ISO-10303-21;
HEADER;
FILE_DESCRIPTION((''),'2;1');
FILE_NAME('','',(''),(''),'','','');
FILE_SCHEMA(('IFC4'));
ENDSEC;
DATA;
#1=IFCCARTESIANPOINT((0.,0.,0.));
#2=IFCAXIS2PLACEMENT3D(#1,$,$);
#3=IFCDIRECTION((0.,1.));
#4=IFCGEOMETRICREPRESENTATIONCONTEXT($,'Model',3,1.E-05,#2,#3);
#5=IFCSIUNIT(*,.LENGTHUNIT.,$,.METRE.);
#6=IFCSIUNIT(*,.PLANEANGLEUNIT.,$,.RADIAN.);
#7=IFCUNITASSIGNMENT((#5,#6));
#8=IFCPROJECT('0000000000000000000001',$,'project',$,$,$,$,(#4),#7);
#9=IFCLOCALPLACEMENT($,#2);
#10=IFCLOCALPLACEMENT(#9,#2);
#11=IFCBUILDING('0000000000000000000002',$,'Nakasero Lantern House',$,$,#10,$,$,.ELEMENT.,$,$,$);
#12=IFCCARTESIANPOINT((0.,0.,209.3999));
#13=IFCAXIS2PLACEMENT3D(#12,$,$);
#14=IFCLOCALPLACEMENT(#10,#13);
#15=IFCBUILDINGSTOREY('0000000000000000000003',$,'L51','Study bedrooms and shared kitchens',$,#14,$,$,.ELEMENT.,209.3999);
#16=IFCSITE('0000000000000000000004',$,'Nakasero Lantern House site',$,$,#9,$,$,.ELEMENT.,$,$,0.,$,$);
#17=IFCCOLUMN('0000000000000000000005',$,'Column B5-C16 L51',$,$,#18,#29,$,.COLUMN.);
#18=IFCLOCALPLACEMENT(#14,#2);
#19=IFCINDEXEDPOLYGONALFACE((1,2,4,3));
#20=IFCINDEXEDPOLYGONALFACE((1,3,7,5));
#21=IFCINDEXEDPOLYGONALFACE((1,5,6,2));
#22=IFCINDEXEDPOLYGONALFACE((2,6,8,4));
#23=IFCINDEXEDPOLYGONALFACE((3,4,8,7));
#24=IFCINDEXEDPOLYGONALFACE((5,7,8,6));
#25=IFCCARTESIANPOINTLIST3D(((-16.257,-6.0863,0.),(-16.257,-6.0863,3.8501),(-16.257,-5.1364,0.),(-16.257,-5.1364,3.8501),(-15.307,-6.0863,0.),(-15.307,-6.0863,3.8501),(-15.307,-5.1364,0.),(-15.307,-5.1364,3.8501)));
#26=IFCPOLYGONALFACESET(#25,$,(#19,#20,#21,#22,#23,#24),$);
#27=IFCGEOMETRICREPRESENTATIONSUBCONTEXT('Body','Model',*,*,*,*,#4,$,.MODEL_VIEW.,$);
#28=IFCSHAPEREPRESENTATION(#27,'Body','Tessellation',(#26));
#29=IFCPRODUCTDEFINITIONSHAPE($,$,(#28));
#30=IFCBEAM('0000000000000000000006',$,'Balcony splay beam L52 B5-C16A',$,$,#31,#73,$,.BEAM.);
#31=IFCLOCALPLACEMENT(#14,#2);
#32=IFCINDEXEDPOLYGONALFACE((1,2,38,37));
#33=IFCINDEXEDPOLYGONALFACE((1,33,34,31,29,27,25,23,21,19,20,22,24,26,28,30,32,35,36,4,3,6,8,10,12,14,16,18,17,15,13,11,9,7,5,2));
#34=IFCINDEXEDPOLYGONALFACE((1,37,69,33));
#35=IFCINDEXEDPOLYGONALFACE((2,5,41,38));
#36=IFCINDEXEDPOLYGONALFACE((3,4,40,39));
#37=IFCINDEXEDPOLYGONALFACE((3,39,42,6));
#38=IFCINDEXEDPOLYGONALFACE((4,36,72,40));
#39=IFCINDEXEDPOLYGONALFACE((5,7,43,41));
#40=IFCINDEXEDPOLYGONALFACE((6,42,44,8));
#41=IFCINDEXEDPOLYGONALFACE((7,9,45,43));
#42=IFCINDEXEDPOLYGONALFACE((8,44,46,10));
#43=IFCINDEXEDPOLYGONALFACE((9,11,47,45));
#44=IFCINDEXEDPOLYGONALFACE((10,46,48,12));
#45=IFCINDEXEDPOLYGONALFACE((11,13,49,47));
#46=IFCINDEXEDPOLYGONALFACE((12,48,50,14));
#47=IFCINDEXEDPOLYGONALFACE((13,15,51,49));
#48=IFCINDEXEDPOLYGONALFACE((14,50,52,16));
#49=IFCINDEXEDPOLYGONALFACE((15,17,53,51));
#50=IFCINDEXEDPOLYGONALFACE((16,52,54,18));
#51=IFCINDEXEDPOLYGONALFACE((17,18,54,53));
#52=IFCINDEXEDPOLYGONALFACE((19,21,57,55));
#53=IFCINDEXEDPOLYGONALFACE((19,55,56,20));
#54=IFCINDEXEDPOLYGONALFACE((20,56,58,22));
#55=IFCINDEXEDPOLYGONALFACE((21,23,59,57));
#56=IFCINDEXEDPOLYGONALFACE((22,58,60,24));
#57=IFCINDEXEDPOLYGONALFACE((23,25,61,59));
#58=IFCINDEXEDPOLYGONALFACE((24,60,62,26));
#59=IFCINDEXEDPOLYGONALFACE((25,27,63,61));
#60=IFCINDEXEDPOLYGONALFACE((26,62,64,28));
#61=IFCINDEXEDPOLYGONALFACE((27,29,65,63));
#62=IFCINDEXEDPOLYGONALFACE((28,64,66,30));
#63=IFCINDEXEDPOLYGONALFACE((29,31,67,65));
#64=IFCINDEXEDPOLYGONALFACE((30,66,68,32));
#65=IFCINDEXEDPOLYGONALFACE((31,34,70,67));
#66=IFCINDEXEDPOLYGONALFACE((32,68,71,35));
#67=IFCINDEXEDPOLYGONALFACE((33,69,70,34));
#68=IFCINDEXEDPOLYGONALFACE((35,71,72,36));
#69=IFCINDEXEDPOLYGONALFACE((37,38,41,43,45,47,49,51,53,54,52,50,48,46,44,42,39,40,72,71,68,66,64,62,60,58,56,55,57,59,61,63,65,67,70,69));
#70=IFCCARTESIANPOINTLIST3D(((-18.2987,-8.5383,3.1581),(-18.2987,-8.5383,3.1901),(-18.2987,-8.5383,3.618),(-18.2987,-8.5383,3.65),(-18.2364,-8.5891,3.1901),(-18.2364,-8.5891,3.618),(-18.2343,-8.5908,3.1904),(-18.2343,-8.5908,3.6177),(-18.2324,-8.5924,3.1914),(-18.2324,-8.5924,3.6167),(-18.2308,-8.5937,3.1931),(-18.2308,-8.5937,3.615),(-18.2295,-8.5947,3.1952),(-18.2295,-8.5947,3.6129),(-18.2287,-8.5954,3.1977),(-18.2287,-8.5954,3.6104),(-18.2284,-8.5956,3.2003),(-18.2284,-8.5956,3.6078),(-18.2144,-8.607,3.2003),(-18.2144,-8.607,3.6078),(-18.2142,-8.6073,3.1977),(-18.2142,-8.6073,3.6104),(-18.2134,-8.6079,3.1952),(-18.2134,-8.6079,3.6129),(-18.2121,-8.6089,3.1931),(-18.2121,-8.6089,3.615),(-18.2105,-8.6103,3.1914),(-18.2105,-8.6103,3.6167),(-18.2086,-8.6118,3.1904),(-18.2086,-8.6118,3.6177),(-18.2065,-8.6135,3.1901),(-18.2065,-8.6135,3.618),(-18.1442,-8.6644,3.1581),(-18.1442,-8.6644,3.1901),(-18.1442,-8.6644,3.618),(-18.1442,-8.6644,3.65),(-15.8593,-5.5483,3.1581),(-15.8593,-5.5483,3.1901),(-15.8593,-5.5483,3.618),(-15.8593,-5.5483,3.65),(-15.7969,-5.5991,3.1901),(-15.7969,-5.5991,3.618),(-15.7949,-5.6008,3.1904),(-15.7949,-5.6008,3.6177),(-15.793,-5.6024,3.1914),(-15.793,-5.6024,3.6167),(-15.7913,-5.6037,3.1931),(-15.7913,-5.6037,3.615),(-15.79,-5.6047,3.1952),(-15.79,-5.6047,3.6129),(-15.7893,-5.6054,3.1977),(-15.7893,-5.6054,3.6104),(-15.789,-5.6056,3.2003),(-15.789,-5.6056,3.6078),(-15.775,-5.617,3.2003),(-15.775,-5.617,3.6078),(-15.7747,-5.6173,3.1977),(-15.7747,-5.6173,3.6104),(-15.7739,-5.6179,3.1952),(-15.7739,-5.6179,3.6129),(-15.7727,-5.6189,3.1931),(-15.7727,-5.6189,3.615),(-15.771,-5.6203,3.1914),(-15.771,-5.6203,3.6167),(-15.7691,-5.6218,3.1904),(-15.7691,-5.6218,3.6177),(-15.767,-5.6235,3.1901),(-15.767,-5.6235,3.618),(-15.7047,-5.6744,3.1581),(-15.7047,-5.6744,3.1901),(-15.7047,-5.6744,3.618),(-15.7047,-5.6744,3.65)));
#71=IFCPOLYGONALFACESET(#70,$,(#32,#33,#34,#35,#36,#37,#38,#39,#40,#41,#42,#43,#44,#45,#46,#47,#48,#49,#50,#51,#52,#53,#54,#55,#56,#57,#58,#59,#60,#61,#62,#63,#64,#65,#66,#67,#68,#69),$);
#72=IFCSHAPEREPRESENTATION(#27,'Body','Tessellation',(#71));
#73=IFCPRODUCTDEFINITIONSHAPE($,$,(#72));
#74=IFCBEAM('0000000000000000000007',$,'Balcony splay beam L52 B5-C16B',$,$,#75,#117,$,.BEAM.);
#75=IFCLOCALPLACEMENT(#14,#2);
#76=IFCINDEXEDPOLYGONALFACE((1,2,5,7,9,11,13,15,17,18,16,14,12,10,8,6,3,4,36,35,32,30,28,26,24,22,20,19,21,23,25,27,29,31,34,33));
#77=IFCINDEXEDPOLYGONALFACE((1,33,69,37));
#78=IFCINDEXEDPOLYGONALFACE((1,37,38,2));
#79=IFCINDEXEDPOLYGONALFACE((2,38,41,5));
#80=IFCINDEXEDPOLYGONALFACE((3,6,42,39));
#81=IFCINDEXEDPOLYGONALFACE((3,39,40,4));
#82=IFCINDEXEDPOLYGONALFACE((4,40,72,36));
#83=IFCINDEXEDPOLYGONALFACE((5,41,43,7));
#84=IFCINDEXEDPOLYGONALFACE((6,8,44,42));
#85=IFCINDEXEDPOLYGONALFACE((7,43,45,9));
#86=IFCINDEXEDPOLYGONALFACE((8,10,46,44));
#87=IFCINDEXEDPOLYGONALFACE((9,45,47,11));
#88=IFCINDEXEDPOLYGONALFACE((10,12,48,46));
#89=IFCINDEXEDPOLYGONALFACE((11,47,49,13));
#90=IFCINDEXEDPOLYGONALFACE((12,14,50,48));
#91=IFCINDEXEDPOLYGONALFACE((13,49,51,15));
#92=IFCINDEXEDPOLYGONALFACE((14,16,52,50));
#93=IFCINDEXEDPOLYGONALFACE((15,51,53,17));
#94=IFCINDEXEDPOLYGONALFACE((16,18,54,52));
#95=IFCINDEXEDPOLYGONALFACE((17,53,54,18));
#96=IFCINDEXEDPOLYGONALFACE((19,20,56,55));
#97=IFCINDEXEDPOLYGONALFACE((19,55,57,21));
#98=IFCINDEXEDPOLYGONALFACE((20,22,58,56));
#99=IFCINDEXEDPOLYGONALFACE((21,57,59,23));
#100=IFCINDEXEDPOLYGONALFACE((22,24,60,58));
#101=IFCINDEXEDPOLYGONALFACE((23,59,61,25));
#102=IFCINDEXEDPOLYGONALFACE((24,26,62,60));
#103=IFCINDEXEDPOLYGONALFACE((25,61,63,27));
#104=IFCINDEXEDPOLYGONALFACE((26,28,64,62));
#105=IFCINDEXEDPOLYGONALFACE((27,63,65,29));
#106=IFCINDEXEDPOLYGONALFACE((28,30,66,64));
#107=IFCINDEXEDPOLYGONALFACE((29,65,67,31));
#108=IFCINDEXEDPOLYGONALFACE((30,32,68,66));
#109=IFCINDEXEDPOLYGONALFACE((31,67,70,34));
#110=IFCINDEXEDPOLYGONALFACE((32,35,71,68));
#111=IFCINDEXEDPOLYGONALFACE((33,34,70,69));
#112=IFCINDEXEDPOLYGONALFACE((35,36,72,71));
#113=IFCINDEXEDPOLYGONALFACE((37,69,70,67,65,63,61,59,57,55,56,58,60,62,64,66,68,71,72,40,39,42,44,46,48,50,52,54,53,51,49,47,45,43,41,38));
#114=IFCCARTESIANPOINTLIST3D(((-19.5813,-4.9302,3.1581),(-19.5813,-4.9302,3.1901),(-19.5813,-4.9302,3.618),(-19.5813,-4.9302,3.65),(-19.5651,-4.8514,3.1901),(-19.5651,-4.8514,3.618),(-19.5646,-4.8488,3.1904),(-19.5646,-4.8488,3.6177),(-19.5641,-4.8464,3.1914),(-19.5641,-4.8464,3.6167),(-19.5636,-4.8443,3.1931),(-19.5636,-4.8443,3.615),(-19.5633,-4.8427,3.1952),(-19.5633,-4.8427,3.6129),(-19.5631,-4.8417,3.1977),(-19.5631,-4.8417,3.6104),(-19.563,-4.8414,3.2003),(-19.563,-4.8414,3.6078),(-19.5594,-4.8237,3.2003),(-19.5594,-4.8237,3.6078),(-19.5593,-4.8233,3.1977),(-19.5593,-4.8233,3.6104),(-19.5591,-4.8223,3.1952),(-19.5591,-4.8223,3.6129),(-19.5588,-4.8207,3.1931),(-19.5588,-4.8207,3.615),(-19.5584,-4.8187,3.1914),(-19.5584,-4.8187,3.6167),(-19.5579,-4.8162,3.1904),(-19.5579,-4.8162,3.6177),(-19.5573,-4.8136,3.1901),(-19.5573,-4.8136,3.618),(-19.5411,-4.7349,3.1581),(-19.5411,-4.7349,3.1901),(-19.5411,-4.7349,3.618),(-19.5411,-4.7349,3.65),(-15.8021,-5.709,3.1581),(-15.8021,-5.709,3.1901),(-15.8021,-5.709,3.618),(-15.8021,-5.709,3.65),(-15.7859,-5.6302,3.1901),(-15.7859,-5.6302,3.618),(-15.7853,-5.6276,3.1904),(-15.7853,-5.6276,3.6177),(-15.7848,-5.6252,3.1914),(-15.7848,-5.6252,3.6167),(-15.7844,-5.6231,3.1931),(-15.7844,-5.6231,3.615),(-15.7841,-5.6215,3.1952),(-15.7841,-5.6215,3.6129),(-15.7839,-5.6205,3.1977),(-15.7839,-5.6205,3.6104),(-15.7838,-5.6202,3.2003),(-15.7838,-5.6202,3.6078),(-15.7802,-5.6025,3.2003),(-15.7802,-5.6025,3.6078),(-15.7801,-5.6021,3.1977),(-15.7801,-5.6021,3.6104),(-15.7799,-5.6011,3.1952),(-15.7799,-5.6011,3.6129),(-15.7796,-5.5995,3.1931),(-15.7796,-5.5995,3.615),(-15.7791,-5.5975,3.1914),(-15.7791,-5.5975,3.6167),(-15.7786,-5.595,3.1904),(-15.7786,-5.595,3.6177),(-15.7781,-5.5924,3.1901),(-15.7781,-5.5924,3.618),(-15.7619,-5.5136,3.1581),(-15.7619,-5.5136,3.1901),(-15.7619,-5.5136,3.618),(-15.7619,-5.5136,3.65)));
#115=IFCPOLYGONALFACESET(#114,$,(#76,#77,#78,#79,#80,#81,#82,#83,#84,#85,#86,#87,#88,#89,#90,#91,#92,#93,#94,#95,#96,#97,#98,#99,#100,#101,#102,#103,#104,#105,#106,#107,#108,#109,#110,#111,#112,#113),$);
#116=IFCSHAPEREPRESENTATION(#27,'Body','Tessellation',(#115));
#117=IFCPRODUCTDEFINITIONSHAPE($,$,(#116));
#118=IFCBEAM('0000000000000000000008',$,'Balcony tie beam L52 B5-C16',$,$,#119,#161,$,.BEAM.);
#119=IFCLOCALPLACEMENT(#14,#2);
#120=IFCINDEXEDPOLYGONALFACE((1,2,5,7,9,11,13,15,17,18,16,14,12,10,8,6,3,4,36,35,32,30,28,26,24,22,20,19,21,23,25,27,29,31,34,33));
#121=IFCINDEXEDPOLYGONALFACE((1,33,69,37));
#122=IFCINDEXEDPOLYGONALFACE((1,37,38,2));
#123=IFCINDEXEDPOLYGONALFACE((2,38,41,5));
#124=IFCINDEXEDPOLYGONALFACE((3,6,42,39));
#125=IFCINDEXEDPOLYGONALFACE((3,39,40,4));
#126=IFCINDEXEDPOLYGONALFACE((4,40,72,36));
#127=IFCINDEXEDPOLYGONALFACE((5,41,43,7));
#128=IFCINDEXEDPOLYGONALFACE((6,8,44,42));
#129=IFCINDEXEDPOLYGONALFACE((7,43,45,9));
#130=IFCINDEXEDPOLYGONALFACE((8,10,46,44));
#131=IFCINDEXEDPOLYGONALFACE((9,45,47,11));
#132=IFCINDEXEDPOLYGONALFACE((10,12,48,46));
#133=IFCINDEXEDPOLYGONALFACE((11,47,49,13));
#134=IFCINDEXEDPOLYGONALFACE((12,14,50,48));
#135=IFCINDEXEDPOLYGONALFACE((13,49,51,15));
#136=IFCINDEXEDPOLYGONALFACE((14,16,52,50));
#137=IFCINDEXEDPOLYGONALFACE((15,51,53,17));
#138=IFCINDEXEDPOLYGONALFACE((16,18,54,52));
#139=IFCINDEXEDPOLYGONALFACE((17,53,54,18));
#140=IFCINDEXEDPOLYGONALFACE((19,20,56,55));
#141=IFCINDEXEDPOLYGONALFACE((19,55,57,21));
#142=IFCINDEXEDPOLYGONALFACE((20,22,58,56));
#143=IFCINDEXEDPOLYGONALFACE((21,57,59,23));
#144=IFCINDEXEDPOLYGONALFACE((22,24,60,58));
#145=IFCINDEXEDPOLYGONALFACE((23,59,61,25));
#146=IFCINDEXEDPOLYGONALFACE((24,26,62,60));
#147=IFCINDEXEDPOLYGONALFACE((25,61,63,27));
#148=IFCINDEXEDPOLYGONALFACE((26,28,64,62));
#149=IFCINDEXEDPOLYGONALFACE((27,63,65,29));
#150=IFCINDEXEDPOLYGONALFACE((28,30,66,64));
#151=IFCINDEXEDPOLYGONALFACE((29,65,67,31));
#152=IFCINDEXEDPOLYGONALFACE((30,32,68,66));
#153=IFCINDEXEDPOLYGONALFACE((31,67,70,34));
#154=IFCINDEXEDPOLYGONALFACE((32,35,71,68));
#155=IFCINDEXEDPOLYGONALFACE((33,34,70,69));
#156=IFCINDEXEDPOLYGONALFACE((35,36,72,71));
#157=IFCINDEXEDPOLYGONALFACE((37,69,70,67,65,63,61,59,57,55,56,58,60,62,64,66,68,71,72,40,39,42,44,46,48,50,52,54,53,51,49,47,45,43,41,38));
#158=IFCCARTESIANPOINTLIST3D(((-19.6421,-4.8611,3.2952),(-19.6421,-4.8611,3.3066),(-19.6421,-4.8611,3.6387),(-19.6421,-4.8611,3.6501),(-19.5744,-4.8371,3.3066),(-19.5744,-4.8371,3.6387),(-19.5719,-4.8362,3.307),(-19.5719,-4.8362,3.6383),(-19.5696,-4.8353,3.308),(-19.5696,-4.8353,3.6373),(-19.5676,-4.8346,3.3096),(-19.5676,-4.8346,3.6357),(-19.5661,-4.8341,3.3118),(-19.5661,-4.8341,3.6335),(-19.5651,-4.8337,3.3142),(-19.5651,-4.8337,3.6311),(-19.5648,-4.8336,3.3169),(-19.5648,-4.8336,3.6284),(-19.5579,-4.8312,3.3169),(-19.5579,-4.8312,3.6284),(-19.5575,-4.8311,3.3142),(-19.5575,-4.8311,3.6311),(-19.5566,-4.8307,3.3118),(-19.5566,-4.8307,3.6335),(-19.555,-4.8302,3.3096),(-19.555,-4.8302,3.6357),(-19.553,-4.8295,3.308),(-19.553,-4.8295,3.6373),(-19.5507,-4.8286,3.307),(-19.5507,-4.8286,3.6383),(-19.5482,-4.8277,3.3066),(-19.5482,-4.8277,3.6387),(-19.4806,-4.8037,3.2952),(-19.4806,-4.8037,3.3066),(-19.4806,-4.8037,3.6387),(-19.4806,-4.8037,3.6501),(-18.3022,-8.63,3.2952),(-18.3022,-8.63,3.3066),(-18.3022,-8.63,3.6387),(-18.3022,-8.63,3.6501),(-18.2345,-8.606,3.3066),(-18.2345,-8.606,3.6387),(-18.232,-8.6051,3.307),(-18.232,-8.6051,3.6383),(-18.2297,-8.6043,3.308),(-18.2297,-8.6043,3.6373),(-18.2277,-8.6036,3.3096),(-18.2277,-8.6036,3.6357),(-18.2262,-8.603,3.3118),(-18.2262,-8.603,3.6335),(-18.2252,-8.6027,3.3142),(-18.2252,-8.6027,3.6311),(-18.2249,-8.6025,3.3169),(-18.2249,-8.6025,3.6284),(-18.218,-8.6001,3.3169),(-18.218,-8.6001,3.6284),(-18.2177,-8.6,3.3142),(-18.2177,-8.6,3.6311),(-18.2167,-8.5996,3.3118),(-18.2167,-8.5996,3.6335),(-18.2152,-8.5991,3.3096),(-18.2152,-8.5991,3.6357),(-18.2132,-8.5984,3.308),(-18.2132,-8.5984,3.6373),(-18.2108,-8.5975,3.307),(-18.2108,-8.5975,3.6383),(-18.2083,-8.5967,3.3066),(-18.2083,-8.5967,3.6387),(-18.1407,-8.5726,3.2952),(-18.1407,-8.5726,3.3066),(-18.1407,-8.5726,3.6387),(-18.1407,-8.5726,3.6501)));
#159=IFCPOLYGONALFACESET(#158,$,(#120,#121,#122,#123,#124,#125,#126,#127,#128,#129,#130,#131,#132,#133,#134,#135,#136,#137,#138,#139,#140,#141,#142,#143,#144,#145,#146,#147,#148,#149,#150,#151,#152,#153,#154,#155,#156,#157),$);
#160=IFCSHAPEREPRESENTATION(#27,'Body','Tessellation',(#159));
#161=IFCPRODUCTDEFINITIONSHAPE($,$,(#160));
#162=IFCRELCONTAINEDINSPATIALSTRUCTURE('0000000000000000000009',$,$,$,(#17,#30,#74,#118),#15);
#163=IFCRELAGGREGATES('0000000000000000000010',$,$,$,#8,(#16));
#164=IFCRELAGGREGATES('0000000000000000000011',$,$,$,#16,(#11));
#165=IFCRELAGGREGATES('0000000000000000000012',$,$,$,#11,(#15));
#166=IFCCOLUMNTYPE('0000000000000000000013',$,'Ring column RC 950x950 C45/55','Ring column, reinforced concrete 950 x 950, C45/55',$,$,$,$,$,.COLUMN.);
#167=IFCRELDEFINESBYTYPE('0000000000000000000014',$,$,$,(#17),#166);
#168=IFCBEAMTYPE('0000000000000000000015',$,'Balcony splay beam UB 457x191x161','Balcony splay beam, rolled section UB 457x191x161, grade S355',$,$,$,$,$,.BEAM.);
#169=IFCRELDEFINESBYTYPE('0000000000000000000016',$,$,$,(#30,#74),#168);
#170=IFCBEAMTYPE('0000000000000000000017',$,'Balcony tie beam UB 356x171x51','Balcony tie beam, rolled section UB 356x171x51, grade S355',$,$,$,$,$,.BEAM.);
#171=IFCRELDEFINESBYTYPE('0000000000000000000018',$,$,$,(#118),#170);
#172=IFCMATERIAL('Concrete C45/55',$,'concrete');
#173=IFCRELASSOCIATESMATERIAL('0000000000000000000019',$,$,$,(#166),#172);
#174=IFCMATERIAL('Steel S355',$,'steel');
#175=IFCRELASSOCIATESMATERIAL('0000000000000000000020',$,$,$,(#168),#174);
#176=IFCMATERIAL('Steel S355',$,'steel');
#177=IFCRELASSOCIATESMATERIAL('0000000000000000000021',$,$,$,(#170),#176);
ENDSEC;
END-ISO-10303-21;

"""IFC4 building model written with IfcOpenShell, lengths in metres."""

from ifc_helpers import new_model, si_unit, direction, frame, origin, origin_2d, place, context, subcontext, project, spatial, rectangle, i_section, extrude, material, material_profile, profile_set, type_object, element, save


model = new_model("IFC4")

# Units and contexts
model_context = context("Model", 3, precision=1e-05, world=origin(), true_north=direction((0.0, 1.0)))
body_context = subcontext(model_context, "Body", "Model", "MODEL_VIEW")
ifc_project = project(units=[si_unit("LENGTHUNIT", "METRE"), si_unit("PLANEANGLEUNIT", "RADIAN")], contexts=[model_context])

# Site, building, storey
site_placement = place(None, origin())
site = spatial("IfcSite", under=ifc_project, at=site_placement, Name="Nakasero Lantern House site", CompositionType="ELEMENT", RefElevation=0.0)
building_placement = place(site_placement, origin())
building = spatial("IfcBuilding", under=site, at=building_placement, Name="Nakasero Lantern House", CompositionType="ELEMENT")
storey_placement = place(building_placement, frame((0.0, 0.0, 209.3999)))
storey = spatial("IfcBuildingStorey", under=building, at=storey_placement, Name="L51", Description="Study bedrooms and shared kitchens", CompositionType="ELEMENT", Elevation=209.3999)

# Column
ifc_material_1 = material(Name="Concrete C45/55", Category="concrete")
ifc_material_profile_1 = material_profile(ifc_material_1, rectangle(XDim=0.95, YDim=0.95, at=origin_2d()), Name="RC 950x950")
ifc_profile_set_1 = profile_set([ifc_material_profile_1], Name="Concrete C45/55")
column_type = type_object("IfcColumnType", Name="Ring column RC 950x950 C45/55", Description="Ring column, reinforced concrete 950 x 950, C45/55", PredefinedType="COLUMN", material=ifc_profile_set_1)
column_placement = place(storey_placement, frame((-15.782, -5.6113, 0.0), z_axis=(0.0, 0.0, 1.0), x_axis=(1.0, 0.0, 0.0)))
element("IfcColumn", 1, at=column_placement, inside=storey, type_object=column_type, Name="Column B5-C16 L51", PredefinedType="COLUMN", context=body_context, shape_type="SweptSolid", body=[
    extrude(rectangle(XDim=0.95, YDim=0.95, at=origin_2d()), origin(), (0.0, 0.0, 1.0), 3.8501),
])

# Beams
ifc_material_2 = material(Name="Steel S355", Category="steel")
ifc_material_profile_2 = material_profile(ifc_material_2, i_section(OverallWidth=0.1995, OverallDepth=0.4919, WebThickness=0.0181, FlangeThickness=0.032, FilletRadius=0.0103, at=origin_2d()), Name="UB 457x191x161")
ifc_profile_set_2 = profile_set([ifc_material_profile_2], Name="Steel S355")
beam_type_1 = type_object("IfcBeamType", Name="Balcony splay beam UB 457x191x161", Description="Balcony splay beam, rolled section UB 457x191x161, grade S355", PredefinedType="BEAM", material=ifc_profile_set_2)
beam_1_placement = place(storey_placement, frame((-15.782, -5.6113, 3.4041), z_axis=(-0.632166, -0.774833, 0.0), x_axis=(0.774833, -0.632166, 0.0)))
element("IfcBeam", 2, at=beam_1_placement, inside=storey, type_object=beam_type_1, Name="Balcony splay beam L52 B5-C16A", PredefinedType="BEAM", context=body_context, shape_type="SweptSolid", body=[
    extrude(i_section(OverallWidth=0.1995, OverallDepth=0.4919, WebThickness=0.0181, FlangeThickness=0.032, FilletRadius=0.0103, at=origin_2d()), origin(), (0.0, 0.0, 1.0), 3.8589),
])
beam_2_placement = place(storey_placement, frame((-15.782, -5.6113, 3.4041), z_axis=(-0.97942, 0.201831, 0.0), x_axis=(-0.201831, -0.97942, 0.0)))
element("IfcBeam", 3, at=beam_2_placement, inside=storey, type_object=beam_type_1, Name="Balcony splay beam L52 B5-C16B", PredefinedType="BEAM", context=body_context, shape_type="SweptSolid", body=[
    extrude(i_section(OverallWidth=0.1995, OverallDepth=0.4919, WebThickness=0.0181, FlangeThickness=0.032, FilletRadius=0.0103, at=origin_2d()), origin(), (0.0, 0.0, 1.0), 3.8586),
])
ifc_material_3 = material(Name="Steel S355", Category="steel")
ifc_material_profile_3 = material_profile(ifc_material_3, i_section(OverallWidth=0.1714, OverallDepth=0.355, WebThickness=0.0073, FlangeThickness=0.0115, FilletRadius=0.0103, at=origin_2d()), Name="UB 356x171x51")
ifc_profile_set_3 = profile_set([ifc_material_profile_3], Name="Steel S355")
beam_type_2 = type_object("IfcBeamType", Name="Balcony tie beam UB 356x171x51", Description="Balcony tie beam, rolled section UB 356x171x51, grade S355", PredefinedType="BEAM", material=ifc_profile_set_3)
beam_3_placement = place(storey_placement, frame((-18.2214, -8.6013, 3.4727), z_axis=(-0.334971, 0.942228, 0.0), x_axis=(-0.942228, -0.334971, 0.0)))
element("IfcBeam", 4, at=beam_3_placement, inside=storey, type_object=beam_type_2, Name="Balcony tie beam L52 B5-C16", PredefinedType="BEAM", context=body_context, shape_type="SweptSolid", body=[
    extrude(i_section(OverallWidth=0.1714, OverallDepth=0.355, WebThickness=0.0073, FlangeThickness=0.0115, FilletRadius=0.0103, at=origin_2d()), origin(), (0.0, 0.0, 1.0), 4.0),
])

save(model, "model.ifc")
